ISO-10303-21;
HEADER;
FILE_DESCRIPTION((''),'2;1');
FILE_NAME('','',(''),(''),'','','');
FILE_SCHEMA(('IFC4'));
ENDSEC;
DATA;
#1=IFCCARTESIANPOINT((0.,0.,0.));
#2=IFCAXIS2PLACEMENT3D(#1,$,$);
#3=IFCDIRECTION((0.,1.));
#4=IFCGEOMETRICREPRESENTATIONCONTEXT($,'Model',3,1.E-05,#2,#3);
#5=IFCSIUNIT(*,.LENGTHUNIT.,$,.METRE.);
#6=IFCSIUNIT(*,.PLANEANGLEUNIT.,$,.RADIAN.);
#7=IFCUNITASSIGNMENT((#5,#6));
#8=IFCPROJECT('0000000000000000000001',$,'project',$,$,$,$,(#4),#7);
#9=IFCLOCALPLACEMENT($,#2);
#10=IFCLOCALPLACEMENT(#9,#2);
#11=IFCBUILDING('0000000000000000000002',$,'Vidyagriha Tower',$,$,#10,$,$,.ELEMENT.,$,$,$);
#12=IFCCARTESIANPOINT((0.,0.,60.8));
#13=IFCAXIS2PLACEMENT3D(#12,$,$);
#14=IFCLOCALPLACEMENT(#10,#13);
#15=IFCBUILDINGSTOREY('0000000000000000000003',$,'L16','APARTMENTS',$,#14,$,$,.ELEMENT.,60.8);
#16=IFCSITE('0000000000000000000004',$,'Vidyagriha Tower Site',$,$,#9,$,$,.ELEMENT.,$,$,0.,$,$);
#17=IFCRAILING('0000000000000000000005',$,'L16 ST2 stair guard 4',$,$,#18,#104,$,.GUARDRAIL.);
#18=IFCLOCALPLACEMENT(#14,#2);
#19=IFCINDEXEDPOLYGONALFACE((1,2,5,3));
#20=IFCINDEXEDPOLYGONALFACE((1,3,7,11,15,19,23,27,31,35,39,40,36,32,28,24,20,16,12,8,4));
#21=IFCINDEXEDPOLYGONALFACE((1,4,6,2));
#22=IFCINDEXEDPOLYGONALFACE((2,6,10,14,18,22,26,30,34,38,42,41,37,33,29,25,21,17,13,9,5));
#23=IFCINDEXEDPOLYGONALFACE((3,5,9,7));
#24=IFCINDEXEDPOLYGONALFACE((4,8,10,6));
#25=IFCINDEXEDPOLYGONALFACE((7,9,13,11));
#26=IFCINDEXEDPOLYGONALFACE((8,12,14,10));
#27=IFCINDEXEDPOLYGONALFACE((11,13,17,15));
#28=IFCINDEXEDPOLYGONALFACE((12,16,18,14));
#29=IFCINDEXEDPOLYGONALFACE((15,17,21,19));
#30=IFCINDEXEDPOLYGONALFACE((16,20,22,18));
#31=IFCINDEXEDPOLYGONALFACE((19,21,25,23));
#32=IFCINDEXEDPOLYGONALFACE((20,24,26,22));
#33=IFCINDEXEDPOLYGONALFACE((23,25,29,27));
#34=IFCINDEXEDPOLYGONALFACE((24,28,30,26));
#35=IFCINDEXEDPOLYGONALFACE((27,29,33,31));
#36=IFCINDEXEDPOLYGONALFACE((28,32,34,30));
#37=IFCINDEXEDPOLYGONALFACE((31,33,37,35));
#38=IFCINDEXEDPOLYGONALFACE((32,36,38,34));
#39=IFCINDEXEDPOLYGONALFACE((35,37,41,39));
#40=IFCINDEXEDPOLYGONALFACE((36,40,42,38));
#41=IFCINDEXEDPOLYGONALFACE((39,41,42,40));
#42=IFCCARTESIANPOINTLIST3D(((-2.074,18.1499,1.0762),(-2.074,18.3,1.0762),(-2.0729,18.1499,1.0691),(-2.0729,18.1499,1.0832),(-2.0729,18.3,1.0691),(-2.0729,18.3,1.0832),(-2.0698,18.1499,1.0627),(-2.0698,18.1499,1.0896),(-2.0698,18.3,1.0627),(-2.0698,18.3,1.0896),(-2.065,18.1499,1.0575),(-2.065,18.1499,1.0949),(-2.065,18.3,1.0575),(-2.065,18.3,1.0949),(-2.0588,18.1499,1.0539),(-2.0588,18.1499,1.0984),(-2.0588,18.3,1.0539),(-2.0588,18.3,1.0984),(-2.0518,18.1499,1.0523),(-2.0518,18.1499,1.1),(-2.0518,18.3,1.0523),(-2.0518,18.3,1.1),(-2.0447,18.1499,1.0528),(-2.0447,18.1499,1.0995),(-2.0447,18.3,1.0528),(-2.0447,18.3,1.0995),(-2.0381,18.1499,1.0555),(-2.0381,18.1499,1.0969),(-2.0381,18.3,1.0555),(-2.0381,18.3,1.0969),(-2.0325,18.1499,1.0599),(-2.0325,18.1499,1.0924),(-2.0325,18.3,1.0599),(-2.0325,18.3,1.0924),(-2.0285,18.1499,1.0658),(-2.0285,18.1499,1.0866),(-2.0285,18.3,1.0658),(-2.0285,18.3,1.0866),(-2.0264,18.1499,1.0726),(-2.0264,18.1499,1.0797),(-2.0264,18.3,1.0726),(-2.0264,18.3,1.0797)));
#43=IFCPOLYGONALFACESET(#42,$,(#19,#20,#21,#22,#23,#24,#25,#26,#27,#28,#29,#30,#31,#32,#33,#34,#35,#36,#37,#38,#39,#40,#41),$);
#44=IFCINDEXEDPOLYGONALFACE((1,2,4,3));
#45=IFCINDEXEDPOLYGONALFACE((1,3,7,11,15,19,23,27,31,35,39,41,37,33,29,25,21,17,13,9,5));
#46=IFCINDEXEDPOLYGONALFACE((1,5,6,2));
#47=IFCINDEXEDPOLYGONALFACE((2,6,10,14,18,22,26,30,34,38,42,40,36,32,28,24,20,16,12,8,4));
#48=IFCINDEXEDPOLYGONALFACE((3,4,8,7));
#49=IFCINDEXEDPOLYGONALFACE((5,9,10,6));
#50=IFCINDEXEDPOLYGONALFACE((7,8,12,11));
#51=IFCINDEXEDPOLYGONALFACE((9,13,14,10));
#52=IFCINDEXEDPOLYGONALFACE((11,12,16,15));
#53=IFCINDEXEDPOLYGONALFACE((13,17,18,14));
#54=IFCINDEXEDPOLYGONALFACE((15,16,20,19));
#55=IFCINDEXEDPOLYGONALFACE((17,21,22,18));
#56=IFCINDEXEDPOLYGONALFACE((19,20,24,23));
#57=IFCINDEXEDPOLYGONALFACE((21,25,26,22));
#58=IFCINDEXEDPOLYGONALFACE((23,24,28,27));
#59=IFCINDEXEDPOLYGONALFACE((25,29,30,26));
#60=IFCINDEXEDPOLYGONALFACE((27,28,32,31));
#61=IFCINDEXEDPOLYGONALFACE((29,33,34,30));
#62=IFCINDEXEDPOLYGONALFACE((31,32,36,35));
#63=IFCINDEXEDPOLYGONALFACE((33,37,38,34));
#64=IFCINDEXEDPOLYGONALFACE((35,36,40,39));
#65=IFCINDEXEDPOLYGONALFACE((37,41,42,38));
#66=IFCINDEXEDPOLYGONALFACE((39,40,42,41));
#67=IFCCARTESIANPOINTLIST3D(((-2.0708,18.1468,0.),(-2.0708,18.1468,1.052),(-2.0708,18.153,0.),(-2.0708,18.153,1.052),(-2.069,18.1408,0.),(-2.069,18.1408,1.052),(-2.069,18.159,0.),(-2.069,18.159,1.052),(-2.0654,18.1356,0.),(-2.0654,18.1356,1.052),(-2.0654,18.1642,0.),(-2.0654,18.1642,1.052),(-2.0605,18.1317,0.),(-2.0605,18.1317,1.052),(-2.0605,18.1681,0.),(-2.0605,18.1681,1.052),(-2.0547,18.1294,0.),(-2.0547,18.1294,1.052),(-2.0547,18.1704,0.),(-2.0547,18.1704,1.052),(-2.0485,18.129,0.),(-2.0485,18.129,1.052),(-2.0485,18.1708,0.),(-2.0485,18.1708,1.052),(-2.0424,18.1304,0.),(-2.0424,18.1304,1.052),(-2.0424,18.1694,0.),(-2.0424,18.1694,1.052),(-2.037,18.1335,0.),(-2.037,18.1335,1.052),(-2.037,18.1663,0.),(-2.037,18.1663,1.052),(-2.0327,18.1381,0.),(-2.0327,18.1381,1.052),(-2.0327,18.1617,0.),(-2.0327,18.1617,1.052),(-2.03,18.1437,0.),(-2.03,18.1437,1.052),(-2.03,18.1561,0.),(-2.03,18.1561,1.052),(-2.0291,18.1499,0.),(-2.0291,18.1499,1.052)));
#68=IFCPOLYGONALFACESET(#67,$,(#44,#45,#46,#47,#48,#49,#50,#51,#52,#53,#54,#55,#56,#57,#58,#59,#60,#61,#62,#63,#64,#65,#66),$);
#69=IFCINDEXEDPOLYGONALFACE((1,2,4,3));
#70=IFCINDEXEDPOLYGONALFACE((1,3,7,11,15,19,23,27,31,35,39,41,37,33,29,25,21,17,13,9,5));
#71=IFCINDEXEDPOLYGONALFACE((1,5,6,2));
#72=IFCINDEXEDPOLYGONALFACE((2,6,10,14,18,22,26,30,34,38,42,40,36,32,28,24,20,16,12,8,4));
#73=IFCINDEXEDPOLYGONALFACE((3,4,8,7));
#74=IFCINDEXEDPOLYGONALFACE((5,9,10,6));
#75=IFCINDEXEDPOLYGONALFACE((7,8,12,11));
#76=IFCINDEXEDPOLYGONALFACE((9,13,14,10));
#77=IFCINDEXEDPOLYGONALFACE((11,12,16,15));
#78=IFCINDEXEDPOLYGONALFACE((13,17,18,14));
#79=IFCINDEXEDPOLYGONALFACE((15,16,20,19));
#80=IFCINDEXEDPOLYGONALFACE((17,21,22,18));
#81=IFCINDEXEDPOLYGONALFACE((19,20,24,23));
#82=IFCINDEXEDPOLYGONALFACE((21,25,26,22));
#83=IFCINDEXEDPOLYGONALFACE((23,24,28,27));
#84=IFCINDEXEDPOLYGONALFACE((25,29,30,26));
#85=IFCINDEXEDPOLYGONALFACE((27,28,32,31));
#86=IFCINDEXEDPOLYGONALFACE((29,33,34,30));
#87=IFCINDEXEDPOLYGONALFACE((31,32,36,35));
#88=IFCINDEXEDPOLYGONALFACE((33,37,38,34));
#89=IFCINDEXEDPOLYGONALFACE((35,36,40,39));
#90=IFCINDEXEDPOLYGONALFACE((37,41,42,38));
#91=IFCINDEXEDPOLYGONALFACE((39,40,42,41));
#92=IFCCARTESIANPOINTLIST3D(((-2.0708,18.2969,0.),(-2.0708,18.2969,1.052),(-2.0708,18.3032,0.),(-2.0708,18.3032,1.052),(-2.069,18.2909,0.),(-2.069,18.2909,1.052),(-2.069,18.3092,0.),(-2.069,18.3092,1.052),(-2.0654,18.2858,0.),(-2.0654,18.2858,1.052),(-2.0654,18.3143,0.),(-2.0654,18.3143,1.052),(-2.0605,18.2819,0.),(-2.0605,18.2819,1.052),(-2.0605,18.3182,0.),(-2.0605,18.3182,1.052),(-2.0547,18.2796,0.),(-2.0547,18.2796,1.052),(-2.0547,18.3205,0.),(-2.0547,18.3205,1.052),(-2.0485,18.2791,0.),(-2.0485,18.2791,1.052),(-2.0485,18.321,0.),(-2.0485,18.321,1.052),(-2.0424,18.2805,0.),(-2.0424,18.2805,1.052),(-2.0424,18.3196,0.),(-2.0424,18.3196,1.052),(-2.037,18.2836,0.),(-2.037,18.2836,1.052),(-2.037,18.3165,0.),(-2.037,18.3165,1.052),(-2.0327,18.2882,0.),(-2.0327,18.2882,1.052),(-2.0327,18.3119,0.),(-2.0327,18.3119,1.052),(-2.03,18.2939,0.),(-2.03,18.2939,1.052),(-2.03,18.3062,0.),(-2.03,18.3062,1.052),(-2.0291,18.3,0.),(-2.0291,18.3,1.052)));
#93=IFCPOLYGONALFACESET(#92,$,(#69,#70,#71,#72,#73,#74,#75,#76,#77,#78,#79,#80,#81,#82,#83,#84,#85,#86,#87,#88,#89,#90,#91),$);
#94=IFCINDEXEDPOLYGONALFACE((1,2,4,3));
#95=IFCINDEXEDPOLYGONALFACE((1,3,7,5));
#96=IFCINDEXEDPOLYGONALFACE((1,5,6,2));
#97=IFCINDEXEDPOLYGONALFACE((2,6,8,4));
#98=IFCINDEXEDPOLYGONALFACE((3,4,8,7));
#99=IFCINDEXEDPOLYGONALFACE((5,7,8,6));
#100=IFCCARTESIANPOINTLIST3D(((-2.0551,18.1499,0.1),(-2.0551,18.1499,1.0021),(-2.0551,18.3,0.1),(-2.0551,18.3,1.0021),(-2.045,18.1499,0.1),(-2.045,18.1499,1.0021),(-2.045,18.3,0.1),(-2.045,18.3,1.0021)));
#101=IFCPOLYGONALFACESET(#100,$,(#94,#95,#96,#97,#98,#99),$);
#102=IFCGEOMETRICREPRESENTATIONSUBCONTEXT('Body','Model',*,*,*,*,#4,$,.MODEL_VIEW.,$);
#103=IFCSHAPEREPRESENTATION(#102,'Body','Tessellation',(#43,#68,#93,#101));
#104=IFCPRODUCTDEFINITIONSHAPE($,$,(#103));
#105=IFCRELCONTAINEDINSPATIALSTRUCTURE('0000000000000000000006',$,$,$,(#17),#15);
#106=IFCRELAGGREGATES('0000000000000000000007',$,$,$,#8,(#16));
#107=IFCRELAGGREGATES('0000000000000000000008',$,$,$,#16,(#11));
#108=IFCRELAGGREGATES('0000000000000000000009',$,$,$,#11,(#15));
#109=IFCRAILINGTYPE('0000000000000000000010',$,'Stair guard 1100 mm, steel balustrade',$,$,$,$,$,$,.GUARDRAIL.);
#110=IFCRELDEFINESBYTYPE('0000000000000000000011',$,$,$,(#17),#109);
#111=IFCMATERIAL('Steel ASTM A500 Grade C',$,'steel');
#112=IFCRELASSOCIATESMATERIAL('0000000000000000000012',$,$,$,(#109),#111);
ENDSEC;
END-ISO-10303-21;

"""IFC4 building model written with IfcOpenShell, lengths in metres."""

from ifc_helpers import new_model, si_unit, direction, frame, origin, origin_2d, place, context, subcontext, project, spatial, rectangle, circle, extrude, material, type_object, element, save


model = new_model("IFC4")

# Units and contexts
model_context = context("Model", 3, precision=1e-05, world=origin(), true_north=direction((0.0, 1.0)))
body_context = subcontext(model_context, "Body", "Model", "MODEL_VIEW")
ifc_project = project(units=[si_unit("LENGTHUNIT", "METRE"), si_unit("PLANEANGLEUNIT", "RADIAN")], contexts=[model_context])

# Site, building, storey
site_placement = place(None, origin())
site = spatial("IfcSite", under=ifc_project, at=site_placement, Name="Vidyagriha Tower Site", CompositionType="ELEMENT", RefElevation=0.0)
building_placement = place(site_placement, origin())
building = spatial("IfcBuilding", under=site, at=building_placement, Name="Vidyagriha Tower", CompositionType="ELEMENT")
storey_placement = place(building_placement, frame((0.0, 0.0, 60.8)))
storey = spatial("IfcBuildingStorey", under=building, at=storey_placement, Name="L16", Description="APARTMENTS", CompositionType="ELEMENT", Elevation=60.8)

# Railing
ifc_material_1 = material(Name="Steel ASTM A500 Grade C", Category="steel")
railing_type_1 = type_object("IfcRailingType", Name="Stair guard 1100 mm, steel balustrade", PredefinedType="GUARDRAIL", material=ifc_material_1)
railing_1_placement = place(storey_placement, frame((-2.05, 18.1499, 0.0)))
element("IfcRailing", 1, at=railing_1_placement, inside=storey, type_object=railing_type_1, Name="L16 ST2 stair guard 4", PredefinedType="GUARDRAIL", context=body_context, shape_type="SweptSolid", body=[
    extrude(circle(Radius=0.0239, at=origin_2d()), frame((0.0, 0.0, 1.0762), z_axis=(0.0, 1.0, 0.0), x_axis=(-1.0, 0.0, 0.0)), (0.0, 0.0, 1.0), 0.1501),
    extrude(circle(Radius=0.021, at=origin_2d()), origin(), (0.0, 0.0, 1.0), 1.052),
    extrude(circle(Radius=0.021, at=origin_2d()), frame((0.0, 0.1501, 0.0)), (0.0, 0.0, 1.0), 1.052),
    extrude(rectangle(XDim=0.01, YDim=0.9021, at=origin_2d()), frame((0.0, 0.0, 0.551), z_axis=(0.0, 1.0, 0.0), x_axis=(-1.0, 0.0, 0.0)), (0.0, 0.0, 1.0), 0.1501),
])

save(model, "model.ifc")
